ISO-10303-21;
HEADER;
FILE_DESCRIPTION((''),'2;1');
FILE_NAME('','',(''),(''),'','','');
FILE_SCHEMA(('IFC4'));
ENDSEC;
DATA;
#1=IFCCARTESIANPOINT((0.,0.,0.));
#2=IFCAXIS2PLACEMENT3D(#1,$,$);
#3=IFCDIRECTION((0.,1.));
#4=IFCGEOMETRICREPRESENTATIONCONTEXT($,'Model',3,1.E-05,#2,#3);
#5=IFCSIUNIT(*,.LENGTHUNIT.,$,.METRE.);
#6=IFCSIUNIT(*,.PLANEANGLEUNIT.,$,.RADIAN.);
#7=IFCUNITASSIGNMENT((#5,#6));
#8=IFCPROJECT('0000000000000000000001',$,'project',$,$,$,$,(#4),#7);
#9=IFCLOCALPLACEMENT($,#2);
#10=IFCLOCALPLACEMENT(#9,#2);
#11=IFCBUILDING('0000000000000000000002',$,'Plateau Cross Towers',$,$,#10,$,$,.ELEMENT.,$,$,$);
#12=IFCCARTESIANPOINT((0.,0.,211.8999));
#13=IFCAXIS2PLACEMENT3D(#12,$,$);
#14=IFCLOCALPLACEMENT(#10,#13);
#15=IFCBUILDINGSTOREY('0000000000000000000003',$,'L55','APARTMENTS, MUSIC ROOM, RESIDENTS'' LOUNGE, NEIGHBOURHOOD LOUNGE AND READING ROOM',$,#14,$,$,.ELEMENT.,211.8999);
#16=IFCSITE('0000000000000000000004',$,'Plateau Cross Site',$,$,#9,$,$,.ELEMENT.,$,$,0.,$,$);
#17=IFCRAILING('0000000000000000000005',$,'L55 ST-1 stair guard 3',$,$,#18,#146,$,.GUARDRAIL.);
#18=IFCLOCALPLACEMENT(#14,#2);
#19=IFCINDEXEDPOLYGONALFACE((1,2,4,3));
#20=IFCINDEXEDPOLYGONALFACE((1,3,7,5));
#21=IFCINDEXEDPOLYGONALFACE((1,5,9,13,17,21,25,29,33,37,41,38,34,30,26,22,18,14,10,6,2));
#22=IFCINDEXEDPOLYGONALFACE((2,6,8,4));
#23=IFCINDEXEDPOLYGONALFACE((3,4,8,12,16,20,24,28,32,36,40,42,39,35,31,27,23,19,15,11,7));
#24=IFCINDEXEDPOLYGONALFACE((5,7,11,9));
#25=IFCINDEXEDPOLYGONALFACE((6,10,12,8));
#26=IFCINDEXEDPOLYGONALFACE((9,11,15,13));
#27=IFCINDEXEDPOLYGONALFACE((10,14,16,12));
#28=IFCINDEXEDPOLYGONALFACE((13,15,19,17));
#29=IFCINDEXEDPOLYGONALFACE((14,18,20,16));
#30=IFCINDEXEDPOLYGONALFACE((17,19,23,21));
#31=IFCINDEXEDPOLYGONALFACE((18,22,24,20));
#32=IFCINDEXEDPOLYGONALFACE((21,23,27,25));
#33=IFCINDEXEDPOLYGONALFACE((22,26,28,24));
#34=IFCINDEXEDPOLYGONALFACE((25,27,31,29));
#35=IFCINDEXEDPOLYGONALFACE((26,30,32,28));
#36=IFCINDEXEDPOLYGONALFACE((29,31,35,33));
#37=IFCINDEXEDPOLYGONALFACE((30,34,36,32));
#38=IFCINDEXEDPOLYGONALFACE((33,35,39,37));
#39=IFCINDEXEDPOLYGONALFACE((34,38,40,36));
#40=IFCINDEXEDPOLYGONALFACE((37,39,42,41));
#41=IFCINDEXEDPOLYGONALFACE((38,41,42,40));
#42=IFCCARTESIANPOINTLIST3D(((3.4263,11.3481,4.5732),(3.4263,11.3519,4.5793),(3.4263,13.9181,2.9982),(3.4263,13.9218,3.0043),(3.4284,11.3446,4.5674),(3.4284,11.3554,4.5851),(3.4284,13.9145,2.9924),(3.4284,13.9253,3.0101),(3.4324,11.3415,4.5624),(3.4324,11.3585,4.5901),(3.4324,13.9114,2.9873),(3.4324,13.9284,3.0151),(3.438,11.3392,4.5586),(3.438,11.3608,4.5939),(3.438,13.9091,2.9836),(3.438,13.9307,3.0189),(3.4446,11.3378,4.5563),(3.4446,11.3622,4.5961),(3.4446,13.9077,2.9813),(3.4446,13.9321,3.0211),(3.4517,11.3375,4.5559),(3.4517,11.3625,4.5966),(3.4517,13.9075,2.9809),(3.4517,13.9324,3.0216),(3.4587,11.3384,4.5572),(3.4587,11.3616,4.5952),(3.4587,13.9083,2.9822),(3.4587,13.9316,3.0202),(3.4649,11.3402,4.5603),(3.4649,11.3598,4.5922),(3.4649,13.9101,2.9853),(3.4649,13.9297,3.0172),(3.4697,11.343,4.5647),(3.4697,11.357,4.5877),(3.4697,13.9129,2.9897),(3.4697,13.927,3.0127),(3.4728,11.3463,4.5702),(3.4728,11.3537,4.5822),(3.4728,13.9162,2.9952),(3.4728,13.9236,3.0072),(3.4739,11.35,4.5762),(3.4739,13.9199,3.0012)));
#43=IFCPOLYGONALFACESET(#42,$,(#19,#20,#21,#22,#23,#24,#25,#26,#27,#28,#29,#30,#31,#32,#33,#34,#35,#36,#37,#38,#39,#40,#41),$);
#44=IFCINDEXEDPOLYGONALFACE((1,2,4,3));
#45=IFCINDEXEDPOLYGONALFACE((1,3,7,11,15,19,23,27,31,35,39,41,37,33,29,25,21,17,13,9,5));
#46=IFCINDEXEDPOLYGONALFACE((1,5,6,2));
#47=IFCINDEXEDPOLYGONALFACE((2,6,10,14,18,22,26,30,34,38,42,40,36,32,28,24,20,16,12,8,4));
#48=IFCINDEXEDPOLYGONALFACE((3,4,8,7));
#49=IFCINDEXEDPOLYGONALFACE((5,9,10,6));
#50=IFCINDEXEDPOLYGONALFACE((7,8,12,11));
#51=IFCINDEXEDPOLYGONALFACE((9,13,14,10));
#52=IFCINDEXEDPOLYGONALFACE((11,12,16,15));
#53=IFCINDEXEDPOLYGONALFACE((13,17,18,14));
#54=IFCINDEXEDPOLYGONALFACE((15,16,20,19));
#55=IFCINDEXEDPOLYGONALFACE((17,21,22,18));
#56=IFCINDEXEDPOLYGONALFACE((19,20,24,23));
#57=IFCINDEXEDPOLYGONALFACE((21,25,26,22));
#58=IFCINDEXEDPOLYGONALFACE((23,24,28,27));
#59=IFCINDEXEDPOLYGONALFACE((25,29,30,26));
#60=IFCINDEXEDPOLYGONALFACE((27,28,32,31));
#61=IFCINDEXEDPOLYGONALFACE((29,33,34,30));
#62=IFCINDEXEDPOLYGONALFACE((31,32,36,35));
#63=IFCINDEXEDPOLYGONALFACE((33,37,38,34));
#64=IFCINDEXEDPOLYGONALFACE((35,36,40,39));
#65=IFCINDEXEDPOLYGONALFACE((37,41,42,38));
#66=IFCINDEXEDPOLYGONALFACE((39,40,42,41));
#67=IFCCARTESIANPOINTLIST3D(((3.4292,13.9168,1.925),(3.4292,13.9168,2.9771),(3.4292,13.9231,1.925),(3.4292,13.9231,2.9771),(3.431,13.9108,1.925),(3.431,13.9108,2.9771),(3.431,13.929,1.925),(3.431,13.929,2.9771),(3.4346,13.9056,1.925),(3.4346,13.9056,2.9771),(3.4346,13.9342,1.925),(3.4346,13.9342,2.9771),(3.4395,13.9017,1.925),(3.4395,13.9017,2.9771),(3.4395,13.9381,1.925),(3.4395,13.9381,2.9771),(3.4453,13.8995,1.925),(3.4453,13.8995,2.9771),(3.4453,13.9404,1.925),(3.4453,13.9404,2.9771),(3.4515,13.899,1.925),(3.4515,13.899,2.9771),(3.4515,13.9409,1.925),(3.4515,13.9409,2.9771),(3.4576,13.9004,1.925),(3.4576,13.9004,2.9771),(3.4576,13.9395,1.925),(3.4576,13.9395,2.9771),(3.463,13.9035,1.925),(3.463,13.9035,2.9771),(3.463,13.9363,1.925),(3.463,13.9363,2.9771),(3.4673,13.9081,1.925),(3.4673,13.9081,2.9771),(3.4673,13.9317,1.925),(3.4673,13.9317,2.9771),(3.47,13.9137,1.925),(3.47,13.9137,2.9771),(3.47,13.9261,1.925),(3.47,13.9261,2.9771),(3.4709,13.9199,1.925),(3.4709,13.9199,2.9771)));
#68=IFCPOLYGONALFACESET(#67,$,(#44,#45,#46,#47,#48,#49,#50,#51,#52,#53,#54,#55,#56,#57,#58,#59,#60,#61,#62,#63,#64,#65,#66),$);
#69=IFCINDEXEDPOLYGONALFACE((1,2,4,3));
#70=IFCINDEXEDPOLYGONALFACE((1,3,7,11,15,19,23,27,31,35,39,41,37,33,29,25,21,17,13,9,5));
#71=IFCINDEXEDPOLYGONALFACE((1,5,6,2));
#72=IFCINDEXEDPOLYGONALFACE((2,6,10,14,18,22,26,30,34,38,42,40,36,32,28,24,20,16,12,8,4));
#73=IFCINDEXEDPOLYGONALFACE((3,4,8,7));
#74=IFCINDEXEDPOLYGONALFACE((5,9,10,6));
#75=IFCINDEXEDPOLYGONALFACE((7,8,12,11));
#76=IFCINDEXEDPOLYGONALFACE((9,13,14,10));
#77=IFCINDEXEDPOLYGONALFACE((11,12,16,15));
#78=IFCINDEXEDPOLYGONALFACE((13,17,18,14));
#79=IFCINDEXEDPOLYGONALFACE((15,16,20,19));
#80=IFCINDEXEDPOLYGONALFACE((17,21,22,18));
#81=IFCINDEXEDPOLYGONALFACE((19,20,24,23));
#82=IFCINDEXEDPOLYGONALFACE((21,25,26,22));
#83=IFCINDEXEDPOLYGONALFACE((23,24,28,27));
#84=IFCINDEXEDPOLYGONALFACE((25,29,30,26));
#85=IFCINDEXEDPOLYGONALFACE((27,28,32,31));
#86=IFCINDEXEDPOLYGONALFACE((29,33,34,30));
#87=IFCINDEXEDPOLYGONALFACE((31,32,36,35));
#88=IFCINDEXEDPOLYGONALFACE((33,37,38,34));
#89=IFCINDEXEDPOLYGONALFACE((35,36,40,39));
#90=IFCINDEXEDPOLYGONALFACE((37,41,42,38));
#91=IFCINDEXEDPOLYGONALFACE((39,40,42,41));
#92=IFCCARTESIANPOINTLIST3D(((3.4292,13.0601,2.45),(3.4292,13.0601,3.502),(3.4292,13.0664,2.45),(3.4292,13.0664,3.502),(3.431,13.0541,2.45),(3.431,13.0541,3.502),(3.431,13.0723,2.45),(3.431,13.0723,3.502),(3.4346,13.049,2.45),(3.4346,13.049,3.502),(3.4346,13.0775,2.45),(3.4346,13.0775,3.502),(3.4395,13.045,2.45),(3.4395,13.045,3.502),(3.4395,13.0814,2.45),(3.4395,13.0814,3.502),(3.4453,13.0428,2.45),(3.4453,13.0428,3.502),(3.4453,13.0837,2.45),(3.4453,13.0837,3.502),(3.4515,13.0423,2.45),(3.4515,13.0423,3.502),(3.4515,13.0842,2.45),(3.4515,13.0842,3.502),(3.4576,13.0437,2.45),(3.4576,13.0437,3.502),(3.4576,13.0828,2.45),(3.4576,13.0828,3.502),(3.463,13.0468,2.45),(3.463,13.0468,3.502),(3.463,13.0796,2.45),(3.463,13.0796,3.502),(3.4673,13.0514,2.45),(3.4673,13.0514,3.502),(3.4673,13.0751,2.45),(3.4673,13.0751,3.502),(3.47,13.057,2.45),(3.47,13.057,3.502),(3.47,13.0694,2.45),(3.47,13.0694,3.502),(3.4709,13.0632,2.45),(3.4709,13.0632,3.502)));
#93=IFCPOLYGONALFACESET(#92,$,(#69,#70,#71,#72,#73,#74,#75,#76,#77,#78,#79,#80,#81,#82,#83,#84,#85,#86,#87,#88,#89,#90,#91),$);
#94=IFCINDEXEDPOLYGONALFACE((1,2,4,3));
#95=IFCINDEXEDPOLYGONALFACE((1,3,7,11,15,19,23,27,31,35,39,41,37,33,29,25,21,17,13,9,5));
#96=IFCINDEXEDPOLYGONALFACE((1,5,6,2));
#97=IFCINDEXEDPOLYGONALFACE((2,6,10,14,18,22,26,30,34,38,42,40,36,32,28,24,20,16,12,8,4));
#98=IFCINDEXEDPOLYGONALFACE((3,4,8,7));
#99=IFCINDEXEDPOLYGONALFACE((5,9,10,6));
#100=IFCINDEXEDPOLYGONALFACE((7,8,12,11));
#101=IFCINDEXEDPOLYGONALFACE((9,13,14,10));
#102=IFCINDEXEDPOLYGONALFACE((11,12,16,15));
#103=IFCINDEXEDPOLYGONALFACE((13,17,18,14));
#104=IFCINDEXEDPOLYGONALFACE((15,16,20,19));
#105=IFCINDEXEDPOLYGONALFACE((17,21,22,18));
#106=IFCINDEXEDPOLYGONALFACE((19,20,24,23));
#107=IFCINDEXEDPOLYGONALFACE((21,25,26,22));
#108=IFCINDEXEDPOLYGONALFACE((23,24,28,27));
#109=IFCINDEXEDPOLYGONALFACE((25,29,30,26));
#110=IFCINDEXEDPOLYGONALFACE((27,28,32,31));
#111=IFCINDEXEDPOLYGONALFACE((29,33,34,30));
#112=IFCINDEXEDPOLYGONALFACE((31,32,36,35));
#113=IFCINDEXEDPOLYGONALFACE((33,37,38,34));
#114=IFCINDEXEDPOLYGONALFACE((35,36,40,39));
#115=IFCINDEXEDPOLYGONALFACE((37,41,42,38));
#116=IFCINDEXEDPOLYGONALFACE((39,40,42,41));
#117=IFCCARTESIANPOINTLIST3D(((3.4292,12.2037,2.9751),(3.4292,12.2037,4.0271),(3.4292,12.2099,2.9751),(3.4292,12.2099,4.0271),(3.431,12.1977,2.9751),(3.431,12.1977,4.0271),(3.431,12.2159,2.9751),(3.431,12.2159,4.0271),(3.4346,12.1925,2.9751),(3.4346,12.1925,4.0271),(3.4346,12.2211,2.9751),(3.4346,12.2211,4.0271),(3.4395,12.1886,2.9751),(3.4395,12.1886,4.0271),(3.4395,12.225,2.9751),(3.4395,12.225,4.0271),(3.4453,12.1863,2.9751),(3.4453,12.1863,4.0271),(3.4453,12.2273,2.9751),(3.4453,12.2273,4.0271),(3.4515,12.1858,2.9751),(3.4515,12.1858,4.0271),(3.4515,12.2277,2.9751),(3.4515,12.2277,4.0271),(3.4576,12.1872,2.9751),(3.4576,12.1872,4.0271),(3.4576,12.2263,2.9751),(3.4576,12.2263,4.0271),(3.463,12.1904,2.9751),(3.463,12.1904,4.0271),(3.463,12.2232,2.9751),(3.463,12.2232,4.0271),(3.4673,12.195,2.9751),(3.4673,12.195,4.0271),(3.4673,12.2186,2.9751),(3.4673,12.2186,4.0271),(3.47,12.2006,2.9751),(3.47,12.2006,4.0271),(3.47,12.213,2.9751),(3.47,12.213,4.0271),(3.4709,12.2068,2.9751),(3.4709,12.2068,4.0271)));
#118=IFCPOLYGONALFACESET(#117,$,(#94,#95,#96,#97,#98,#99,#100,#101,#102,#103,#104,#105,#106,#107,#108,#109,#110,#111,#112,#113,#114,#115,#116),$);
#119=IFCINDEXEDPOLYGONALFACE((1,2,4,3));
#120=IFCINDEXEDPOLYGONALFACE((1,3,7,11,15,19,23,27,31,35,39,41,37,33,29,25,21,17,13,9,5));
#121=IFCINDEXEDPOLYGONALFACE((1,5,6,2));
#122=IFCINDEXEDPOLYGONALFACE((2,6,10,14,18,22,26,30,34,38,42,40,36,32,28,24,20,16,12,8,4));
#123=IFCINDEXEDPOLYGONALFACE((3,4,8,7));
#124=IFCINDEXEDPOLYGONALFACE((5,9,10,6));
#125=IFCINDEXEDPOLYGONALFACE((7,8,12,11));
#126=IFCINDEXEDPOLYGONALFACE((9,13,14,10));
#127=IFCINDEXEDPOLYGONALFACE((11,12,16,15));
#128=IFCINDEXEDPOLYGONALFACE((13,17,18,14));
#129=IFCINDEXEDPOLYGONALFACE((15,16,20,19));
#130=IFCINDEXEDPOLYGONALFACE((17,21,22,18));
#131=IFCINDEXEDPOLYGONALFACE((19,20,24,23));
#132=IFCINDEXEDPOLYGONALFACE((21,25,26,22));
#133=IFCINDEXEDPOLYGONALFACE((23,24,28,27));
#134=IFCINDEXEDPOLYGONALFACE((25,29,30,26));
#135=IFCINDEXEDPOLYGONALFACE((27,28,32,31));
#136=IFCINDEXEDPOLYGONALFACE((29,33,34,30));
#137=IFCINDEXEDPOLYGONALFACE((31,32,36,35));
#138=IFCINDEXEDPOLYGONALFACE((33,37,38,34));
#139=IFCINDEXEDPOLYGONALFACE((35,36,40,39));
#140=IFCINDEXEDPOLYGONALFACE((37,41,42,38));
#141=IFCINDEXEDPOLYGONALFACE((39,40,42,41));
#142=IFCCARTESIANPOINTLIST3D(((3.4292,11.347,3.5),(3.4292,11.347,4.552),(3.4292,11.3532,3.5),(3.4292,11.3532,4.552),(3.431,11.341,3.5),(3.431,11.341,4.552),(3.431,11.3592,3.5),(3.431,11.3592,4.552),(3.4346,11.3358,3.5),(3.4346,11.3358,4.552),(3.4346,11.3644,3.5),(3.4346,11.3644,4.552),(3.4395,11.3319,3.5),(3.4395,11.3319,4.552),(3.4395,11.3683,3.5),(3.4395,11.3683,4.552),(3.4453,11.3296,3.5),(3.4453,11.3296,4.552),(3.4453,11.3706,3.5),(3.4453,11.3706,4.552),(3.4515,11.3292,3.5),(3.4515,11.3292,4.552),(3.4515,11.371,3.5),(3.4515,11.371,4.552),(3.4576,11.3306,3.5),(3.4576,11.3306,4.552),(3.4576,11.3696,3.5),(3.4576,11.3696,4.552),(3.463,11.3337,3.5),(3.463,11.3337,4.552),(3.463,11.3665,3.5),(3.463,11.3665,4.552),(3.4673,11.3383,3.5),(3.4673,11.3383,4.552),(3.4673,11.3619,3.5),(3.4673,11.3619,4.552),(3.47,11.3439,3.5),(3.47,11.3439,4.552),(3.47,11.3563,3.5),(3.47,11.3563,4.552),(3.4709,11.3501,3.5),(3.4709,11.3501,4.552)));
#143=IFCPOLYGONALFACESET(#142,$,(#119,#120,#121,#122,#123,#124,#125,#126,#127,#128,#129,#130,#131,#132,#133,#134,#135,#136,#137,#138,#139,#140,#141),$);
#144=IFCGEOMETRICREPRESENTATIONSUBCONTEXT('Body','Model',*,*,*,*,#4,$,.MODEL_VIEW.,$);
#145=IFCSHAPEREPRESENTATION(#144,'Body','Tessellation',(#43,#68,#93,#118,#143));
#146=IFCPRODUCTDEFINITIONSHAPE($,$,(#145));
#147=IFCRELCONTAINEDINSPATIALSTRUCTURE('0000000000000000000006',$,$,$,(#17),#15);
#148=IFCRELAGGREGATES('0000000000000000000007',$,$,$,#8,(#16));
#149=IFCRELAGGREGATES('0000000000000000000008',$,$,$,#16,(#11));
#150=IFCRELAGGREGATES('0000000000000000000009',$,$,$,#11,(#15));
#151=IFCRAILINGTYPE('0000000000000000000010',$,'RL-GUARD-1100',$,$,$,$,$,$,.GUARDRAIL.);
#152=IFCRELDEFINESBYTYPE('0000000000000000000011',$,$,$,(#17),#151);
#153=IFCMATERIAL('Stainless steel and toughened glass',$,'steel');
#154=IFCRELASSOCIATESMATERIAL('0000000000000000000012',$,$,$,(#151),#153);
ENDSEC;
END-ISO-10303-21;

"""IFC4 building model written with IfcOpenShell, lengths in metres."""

from ifc_helpers import new_model, si_unit, direction, frame, origin, origin_2d, place, context, subcontext, project, spatial, circle, extrude, material, type_object, element, save


model = new_model("IFC4")

# Units and contexts
model_context = context("Model", 3, precision=1e-05, world=origin(), true_north=direction((0.0, 1.0)))
body_context = subcontext(model_context, "Body", "Model", "MODEL_VIEW")
ifc_project = project(units=[si_unit("LENGTHUNIT", "METRE"), si_unit("PLANEANGLEUNIT", "RADIAN")], contexts=[model_context])

# Site, building, storey
site_placement = place(None, origin())
site = spatial("IfcSite", under=ifc_project, at=site_placement, Name="Plateau Cross Site", CompositionType="ELEMENT", RefElevation=0.0)
building_placement = place(site_placement, origin())
building = spatial("IfcBuilding", under=site, at=building_placement, Name="Plateau Cross Towers", CompositionType="ELEMENT")
storey_placement = place(building_placement, frame((0.0, 0.0, 211.8999)))
storey = spatial("IfcBuildingStorey", under=building, at=storey_placement, Name="L55", Description="APARTMENTS, MUSIC ROOM, RESIDENTS' LOUNGE, NEIGHBOURHOOD LOUNGE AND READING ROOM", CompositionType="ELEMENT", Elevation=211.8999)

# Railing
ifc_material_1 = material(Name="Stainless steel and toughened glass", Category="steel")
railing_type = type_object("IfcRailingType", Name="RL-GUARD-1100", PredefinedType="GUARDRAIL", material=ifc_material_1)
railing_1_placement = place(storey_placement, frame((3.45, 13.9199, 1.925)))
element("IfcRailing", 1, at=railing_1_placement, inside=storey, type_object=railing_type, Name="L55 ST-1 stair guard 3", PredefinedType="GUARDRAIL", context=body_context, shape_type="SweptSolid", body=[
    extrude(circle(Radius=0.0239, at=origin_2d()), frame((0.0, 0.0, 1.0762), z_axis=(0.0, -0.852616, 0.522537), x_axis=(1.0, 0.0, 0.0)), (0.0, 0.0, 1.0), 3.0142),
    extrude(circle(Radius=0.021, at=origin_2d()), origin(), (0.0, 0.0, 1.0), 1.052),
    extrude(circle(Radius=0.021, at=origin_2d()), frame((0.0, -0.8567, 0.5249)), (0.0, 0.0, 1.0), 1.052),
    extrude(circle(Radius=0.021, at=origin_2d()), frame((0.0, -1.7131, 1.05)), (0.0, 0.0, 1.0), 1.052),
    extrude(circle(Radius=0.021, at=origin_2d()), frame((0.0, -2.5698, 1.575)), (0.0, 0.0, 1.0), 1.052),
])

save(model, "model.ifc")
